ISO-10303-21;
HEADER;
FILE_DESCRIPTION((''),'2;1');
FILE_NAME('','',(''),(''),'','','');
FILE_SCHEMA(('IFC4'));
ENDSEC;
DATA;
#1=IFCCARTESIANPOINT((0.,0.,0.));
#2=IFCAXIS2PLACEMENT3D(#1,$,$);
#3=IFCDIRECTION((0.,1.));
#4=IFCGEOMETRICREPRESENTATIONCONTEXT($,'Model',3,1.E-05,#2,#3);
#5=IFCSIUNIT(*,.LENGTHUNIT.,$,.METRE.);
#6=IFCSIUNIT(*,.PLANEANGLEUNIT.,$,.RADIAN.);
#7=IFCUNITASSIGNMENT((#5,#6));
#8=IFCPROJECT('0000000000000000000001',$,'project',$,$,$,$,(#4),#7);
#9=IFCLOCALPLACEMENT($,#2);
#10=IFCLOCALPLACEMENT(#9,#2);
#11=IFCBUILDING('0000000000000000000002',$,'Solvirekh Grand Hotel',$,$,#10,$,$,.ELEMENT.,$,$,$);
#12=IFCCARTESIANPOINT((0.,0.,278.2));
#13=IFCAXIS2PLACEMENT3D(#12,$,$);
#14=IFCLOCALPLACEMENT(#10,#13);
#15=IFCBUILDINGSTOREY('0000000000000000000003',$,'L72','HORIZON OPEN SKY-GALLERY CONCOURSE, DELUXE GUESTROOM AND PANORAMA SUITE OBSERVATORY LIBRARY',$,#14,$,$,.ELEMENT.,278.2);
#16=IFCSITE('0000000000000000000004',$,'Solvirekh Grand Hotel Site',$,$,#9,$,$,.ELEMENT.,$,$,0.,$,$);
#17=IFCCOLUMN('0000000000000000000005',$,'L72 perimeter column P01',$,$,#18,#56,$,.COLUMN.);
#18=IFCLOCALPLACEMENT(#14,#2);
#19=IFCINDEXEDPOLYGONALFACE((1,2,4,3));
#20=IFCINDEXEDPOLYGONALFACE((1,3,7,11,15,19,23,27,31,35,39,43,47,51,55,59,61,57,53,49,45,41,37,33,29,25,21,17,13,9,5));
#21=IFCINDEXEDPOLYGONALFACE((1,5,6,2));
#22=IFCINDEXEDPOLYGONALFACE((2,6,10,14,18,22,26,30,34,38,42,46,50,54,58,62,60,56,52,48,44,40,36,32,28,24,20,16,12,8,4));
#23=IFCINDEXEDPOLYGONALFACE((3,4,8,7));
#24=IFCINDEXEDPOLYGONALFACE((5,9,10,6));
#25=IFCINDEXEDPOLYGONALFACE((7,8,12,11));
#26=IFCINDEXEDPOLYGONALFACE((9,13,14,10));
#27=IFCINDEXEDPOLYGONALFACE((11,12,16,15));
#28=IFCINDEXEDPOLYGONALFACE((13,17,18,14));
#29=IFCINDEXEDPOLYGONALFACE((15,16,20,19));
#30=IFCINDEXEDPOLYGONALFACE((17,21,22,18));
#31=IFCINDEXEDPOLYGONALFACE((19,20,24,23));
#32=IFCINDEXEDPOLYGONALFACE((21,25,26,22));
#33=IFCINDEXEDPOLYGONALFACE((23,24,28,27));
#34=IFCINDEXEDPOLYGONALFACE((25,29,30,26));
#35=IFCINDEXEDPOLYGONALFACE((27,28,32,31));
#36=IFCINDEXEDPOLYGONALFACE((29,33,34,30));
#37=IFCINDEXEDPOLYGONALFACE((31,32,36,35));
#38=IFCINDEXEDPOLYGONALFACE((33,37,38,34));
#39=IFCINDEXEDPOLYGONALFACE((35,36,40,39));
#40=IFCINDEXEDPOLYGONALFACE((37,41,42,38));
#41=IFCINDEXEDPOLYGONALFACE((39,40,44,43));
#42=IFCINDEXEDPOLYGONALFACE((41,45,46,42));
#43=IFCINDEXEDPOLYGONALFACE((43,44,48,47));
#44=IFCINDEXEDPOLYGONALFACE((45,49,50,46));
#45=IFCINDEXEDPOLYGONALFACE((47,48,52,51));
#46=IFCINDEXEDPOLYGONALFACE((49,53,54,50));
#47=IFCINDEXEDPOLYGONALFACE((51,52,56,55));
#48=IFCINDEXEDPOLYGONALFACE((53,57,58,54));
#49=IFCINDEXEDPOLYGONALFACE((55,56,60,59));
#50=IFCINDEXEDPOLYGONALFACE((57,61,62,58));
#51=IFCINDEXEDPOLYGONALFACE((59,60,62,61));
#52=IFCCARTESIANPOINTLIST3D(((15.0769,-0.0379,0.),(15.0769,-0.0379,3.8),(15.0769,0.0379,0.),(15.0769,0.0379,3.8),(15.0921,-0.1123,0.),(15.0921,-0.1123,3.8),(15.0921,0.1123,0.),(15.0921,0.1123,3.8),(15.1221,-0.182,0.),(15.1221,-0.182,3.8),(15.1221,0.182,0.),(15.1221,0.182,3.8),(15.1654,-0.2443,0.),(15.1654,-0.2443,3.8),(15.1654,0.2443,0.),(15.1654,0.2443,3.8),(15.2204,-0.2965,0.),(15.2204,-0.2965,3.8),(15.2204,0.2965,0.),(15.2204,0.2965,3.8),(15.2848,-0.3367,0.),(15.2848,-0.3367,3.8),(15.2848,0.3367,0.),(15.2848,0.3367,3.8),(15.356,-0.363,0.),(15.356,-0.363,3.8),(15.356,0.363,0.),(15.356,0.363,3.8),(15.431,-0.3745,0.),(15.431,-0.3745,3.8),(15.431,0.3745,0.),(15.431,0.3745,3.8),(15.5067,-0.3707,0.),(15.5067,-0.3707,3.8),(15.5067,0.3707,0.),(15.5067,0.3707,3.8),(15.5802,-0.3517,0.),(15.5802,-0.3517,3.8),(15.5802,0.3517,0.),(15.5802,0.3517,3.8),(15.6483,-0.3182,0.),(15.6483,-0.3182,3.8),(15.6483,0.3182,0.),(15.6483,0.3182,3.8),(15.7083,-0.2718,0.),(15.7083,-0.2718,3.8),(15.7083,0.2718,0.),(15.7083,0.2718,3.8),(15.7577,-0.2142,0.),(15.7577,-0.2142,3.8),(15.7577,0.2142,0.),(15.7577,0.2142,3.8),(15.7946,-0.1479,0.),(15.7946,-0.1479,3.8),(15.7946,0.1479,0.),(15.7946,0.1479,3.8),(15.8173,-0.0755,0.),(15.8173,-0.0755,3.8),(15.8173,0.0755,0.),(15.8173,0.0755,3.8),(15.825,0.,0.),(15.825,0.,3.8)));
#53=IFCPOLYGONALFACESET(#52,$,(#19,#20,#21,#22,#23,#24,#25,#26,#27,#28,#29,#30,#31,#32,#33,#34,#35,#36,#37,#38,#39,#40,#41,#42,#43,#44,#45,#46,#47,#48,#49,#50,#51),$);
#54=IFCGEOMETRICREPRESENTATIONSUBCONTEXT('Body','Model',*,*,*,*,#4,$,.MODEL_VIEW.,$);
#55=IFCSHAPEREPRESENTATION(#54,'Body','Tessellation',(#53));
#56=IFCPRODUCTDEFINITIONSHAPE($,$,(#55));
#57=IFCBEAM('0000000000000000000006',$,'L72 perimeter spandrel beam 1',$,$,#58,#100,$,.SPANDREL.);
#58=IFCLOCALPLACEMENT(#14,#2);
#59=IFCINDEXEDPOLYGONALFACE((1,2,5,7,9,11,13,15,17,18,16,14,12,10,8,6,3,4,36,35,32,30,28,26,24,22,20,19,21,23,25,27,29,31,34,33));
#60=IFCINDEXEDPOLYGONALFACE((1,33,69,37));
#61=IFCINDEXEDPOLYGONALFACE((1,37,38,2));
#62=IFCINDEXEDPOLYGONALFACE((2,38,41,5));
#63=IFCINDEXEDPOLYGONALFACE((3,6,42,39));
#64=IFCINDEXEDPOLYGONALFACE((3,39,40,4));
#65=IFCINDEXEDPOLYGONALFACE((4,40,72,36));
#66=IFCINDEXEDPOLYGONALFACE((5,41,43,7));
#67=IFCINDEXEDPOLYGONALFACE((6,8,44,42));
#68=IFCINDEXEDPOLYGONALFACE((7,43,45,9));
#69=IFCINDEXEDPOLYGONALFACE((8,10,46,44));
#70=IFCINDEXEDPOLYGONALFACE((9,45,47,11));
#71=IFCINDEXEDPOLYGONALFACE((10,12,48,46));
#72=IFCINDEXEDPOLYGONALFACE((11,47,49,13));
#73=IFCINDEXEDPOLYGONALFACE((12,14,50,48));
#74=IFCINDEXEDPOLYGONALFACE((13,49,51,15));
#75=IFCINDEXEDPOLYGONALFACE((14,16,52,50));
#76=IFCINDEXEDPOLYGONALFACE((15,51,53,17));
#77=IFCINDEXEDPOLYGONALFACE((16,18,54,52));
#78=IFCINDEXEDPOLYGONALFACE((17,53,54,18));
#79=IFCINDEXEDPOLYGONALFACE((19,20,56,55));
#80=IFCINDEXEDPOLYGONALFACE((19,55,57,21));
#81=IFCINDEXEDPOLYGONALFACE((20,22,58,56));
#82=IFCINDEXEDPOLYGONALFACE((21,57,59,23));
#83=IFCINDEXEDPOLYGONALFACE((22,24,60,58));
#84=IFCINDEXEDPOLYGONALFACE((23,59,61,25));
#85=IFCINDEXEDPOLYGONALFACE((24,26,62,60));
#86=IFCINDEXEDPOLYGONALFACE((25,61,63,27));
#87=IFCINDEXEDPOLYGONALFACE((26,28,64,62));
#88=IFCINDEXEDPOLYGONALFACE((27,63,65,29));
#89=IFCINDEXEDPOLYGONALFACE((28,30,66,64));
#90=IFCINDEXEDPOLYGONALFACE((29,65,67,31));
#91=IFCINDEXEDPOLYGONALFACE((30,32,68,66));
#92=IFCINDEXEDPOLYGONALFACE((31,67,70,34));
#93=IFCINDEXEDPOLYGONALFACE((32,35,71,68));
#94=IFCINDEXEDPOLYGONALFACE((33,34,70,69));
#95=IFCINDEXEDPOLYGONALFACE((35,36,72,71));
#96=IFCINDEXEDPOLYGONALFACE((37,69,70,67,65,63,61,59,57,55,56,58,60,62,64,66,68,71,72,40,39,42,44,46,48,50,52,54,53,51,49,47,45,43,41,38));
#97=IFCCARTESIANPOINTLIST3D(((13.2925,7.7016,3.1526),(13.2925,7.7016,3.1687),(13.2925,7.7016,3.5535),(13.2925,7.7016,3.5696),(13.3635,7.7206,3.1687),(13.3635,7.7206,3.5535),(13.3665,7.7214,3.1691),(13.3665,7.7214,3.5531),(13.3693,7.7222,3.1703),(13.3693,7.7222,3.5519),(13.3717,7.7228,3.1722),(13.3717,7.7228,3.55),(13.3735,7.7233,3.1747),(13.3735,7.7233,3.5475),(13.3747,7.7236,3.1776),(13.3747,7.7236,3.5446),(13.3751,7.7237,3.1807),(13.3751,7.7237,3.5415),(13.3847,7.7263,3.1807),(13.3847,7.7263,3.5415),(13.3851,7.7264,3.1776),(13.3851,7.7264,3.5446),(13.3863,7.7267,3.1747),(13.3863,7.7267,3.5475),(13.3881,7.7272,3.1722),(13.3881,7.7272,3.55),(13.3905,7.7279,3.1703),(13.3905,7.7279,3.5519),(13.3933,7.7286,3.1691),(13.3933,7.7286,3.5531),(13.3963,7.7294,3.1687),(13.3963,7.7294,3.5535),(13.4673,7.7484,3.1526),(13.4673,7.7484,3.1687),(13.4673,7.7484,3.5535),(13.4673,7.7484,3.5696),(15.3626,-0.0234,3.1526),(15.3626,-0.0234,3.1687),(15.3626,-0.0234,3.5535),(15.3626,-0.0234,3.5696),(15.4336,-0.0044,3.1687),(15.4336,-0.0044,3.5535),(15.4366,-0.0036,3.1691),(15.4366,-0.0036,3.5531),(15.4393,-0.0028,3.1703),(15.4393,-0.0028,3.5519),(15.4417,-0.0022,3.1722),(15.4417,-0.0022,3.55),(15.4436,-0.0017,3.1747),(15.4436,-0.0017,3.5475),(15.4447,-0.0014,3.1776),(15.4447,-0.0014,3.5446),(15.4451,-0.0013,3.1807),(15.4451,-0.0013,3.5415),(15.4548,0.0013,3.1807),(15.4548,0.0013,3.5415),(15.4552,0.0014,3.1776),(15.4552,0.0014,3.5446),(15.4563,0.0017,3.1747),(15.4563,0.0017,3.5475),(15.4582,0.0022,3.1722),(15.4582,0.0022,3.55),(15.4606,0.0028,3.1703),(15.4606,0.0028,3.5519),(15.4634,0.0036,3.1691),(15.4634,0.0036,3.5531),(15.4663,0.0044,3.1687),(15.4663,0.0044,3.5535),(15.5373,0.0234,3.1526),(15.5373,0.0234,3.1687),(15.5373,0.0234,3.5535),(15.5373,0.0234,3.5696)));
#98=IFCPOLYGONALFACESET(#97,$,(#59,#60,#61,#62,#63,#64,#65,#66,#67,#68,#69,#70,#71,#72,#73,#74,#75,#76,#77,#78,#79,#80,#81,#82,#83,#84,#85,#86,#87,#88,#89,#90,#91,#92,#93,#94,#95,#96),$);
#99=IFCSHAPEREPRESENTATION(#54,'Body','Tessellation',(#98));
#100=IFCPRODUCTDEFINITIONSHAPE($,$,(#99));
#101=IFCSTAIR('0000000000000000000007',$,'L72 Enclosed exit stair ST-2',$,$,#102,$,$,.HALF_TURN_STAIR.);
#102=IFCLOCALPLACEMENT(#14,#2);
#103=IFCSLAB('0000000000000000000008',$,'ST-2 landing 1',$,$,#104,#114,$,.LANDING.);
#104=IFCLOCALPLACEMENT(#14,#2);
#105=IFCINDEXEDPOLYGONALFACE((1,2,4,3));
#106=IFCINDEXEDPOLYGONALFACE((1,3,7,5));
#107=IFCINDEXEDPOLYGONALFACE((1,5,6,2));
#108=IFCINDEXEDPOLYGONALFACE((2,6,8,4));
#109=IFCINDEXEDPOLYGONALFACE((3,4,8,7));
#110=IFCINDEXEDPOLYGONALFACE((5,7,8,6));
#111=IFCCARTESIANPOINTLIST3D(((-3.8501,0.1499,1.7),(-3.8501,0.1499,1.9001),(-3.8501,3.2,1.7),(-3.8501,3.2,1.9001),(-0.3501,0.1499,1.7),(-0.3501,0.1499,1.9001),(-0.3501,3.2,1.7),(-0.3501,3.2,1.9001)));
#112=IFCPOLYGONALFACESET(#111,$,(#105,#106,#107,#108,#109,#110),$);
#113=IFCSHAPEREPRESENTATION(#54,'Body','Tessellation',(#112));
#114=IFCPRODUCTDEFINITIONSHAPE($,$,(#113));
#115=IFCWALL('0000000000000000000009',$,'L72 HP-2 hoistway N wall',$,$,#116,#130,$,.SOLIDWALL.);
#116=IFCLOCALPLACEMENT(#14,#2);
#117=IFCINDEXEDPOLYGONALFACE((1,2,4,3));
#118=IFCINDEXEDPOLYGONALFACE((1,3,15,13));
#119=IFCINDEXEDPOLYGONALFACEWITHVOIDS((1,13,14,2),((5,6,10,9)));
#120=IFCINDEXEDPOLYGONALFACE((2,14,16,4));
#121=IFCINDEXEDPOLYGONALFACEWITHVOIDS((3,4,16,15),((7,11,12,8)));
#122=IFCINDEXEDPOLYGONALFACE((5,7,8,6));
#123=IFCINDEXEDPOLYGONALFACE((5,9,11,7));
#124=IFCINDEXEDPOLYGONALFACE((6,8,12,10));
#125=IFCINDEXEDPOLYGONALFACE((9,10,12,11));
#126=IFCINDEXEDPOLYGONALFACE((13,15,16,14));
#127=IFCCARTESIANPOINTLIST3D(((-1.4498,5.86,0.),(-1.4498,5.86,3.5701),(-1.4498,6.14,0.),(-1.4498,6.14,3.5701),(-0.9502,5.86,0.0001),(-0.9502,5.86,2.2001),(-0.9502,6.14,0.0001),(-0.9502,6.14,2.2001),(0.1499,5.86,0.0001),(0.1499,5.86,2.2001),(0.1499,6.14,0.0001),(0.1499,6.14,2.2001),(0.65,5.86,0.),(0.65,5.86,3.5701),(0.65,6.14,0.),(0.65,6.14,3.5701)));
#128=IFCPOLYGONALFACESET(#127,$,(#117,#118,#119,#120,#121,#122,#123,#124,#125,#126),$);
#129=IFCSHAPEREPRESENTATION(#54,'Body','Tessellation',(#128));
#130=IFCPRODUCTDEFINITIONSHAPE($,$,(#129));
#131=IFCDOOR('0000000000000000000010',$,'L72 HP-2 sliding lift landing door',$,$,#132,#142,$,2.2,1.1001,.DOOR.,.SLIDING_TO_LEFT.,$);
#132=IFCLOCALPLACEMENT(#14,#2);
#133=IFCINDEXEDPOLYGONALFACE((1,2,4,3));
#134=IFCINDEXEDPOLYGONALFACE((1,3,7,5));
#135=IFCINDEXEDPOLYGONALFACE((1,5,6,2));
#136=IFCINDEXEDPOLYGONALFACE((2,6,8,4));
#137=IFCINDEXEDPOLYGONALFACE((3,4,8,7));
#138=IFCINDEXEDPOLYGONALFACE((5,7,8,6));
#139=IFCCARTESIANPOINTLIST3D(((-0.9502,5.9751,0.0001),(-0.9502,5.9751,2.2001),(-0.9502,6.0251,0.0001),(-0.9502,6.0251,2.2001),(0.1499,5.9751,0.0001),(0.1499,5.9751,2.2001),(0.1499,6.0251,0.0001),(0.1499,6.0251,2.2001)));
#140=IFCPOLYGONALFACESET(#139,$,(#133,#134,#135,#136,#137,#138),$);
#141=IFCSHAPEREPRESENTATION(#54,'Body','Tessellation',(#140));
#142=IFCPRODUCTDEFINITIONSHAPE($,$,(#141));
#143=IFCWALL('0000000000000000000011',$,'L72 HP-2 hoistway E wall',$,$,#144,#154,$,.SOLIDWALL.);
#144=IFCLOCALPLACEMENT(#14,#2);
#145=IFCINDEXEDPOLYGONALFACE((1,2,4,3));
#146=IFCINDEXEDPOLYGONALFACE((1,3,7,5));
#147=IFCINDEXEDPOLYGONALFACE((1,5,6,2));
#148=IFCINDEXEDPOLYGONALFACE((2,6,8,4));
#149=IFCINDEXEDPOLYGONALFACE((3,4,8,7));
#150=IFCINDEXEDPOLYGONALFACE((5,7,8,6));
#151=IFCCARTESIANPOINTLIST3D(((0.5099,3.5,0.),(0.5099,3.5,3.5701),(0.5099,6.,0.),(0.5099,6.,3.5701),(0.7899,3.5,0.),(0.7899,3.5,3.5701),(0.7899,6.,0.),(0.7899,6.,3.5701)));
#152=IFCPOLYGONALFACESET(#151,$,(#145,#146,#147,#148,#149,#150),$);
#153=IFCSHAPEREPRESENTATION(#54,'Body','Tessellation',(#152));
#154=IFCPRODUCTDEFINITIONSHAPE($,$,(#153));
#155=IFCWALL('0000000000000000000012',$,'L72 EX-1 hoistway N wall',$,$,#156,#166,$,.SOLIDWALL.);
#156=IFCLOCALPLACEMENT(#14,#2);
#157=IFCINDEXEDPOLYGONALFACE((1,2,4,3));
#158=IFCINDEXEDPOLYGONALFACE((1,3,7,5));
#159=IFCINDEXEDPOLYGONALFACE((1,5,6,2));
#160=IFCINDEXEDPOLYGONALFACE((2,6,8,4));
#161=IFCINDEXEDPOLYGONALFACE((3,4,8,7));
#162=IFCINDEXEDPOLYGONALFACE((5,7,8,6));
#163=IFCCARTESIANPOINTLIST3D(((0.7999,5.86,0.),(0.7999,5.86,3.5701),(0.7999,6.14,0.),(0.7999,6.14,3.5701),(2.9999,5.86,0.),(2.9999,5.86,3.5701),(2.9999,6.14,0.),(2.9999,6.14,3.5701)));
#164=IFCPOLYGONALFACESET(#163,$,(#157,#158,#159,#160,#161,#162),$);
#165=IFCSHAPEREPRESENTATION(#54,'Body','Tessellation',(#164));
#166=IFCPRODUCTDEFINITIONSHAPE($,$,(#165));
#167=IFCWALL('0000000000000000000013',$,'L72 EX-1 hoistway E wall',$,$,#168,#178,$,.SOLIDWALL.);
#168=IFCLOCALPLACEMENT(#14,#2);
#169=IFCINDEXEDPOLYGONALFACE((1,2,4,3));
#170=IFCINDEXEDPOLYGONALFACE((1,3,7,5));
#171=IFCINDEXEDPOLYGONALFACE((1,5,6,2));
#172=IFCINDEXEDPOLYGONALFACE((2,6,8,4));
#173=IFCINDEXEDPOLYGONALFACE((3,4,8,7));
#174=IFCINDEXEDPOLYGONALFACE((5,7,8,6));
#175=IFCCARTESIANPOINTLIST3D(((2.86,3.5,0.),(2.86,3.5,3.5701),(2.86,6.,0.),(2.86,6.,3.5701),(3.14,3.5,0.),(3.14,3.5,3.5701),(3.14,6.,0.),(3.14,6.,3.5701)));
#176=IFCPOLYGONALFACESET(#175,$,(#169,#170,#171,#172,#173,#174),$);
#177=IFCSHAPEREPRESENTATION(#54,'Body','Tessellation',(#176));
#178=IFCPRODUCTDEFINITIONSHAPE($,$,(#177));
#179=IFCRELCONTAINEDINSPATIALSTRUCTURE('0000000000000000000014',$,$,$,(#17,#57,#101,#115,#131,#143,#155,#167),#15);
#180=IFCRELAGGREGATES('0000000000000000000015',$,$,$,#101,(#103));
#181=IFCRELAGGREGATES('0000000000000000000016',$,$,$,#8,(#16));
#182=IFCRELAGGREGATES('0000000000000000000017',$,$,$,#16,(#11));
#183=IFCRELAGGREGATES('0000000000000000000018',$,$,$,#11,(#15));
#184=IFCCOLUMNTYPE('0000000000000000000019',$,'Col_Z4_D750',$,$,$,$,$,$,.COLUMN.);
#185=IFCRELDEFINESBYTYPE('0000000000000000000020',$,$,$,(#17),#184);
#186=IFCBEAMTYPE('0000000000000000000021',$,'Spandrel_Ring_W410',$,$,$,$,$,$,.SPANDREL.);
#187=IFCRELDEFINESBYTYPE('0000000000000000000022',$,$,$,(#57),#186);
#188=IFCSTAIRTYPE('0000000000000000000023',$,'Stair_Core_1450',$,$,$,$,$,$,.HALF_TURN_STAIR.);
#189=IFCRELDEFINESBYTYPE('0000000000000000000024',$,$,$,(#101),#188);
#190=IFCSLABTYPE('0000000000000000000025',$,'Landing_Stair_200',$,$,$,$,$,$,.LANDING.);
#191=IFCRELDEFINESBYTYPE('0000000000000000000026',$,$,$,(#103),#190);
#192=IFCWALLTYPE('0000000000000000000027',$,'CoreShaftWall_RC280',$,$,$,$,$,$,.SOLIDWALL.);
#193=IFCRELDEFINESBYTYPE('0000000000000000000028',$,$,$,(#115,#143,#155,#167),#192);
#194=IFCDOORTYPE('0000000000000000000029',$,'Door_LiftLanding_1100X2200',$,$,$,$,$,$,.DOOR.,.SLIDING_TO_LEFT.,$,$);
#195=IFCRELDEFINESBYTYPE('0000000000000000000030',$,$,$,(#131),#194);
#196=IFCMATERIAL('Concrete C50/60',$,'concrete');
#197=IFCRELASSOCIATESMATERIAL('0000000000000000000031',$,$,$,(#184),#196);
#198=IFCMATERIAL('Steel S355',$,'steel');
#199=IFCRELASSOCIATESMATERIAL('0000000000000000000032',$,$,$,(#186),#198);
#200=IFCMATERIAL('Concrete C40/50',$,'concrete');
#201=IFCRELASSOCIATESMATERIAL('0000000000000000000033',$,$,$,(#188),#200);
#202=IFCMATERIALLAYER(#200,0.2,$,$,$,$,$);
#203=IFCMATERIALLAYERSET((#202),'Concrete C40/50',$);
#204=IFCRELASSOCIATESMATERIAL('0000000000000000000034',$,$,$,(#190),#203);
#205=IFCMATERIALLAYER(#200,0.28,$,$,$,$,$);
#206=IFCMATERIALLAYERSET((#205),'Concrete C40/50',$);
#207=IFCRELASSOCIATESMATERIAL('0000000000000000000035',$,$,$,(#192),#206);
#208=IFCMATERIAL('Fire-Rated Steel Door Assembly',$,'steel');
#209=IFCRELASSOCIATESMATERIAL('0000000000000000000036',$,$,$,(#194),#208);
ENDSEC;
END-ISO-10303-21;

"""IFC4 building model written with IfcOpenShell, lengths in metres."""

from ifc_helpers import new_model, si_unit, direction, frame, frame_2d, origin, origin_2d, place, context, subcontext, project, spatial, polyline, rectangle, circle, i_section, outline, extrude, material, layer, layer_set, material_profile, profile_set, type_object, element, fill, aggregate, save


model = new_model("IFC4")

# Units and contexts
model_context = context("Model", 3, precision=1e-05, world=origin(), true_north=direction((0.0, 1.0)))
body_context = subcontext(model_context, "Body", "Model", "MODEL_VIEW")
ifc_project = project(units=[si_unit("LENGTHUNIT", "METRE"), si_unit("PLANEANGLEUNIT", "RADIAN")], contexts=[model_context])

# Site, building, storey
site_placement = place(None, origin())
site = spatial("IfcSite", under=ifc_project, at=site_placement, Name="Solvirekh Grand Hotel Site", CompositionType="ELEMENT", RefElevation=0.0)
building_placement = place(site_placement, origin())
building = spatial("IfcBuilding", under=site, at=building_placement, Name="Solvirekh Grand Hotel", CompositionType="ELEMENT")
storey_placement = place(building_placement, frame((0.0, 0.0, 278.2)))
storey = spatial("IfcBuildingStorey", under=building, at=storey_placement, Name="L72", Description="HORIZON OPEN SKY-GALLERY CONCOURSE, DELUXE GUESTROOM AND PANORAMA SUITE OBSERVATORY LIBRARY", CompositionType="ELEMENT", Elevation=278.2)

# Column
ifc_material_1 = material(Name="Concrete C50/60", Category="concrete")
ifc_material_profile_1 = material_profile(ifc_material_1, circle(Radius=0.375, at=origin_2d()), Name="RC CIRC D750")
ifc_profile_set_1 = profile_set([ifc_material_profile_1], Name="Concrete C50/60")
column_type = type_object("IfcColumnType", Name="Col_Z4_D750", PredefinedType="COLUMN", material=ifc_profile_set_1)
column_placement = place(storey_placement, frame((15.45, 0.0, 0.0), z_axis=(0.0, 0.0, 1.0), x_axis=(1.0, 0.0, 0.0)))
element("IfcColumn", 1, at=column_placement, inside=storey, type_object=column_type, Name="L72 perimeter column P01", PredefinedType="COLUMN", context=body_context, shape_type="SweptSolid", body=[
    extrude(circle(Radius=0.375, at=origin_2d()), origin(), (0.0, 0.0, 1.0), 3.8),
])

# Beam
ifc_material_2 = material(Name="Steel S355", Category="steel")
ifc_material_profile_2 = material_profile(ifc_material_2, i_section(OverallWidth=0.1809, OverallDepth=0.417, WebThickness=0.01, FlangeThickness=0.0161, FilletRadius=0.012, at=origin_2d()), Name="W410X85")
ifc_profile_set_2 = profile_set([ifc_material_profile_2], Name="Steel S355")
beam_type = type_object("IfcBeamType", Name="Spandrel_Ring_W410", PredefinedType="SPANDREL", material=ifc_profile_set_2)
beam_placement = place(storey_placement, frame((15.45, 0.0, 3.3611), z_axis=(-0.258835, 0.965922, 0.0), x_axis=(-0.965922, -0.258835, 0.0)))
element("IfcBeam", 2, at=beam_placement, inside=storey, type_object=beam_type, Name="L72 perimeter spandrel beam 1", PredefinedType="SPANDREL", context=body_context, shape_type="SweptSolid", body=[
    extrude(i_section(OverallWidth=0.1809, OverallDepth=0.417, WebThickness=0.01, FlangeThickness=0.0161, FilletRadius=0.012, at=origin_2d()), origin(), (0.0, 0.0, 1.0), 7.9976),
])

# Stair, slab
ifc_material_3 = material(Name="Concrete C40/50", Category="concrete")
stair_type = type_object("IfcStairType", Name="Stair_Core_1450", PredefinedType="HALF_TURN_STAIR", material=ifc_material_3)
stair_placement = place(storey_placement, origin())
stair = element("IfcStair", 3, at=stair_placement, inside=storey, type_object=stair_type, Name="L72 Enclosed exit stair ST-2", PredefinedType="HALF_TURN_STAIR")
ifc_layer_1 = layer(ifc_material_3, 0.2)
ifc_layer_set_1 = layer_set([ifc_layer_1], Name="Concrete C40/50")
slab_type = type_object("IfcSlabType", Name="Landing_Stair_200", PredefinedType="LANDING", material=ifc_layer_set_1)
slab_placement = place(storey_placement, frame((0.0, 0.0, 1.7)))
slab = element("IfcSlab", 4, at=slab_placement, type_object=slab_type, Name="ST-2 landing 1", PredefinedType="LANDING", context=body_context, shape_type="SweptSolid", body=[
    extrude(outline(polyline([(-0.3501, 3.2), (-3.8501, 3.2), (-3.8501, 0.1499), (-0.3501, 0.1499), (-0.3501, 3.2)])), origin(), (0.0, 0.0, 1.0), 0.2002),
])

# Wall, opening, door
ifc_layer_2 = layer(ifc_material_3, 0.28)
ifc_layer_set_2 = layer_set([ifc_layer_2], Name="Concrete C40/50")
wall_type_1 = type_object("IfcWallType", Name="CoreShaftWall_RC280", PredefinedType="SOLIDWALL", material=ifc_layer_set_2)
wall_1_placement = place(storey_placement, frame((0.6499, 6.0, 0.0), z_axis=(0.0, 0.0, 1.0), x_axis=(-1.0, 0.0, 0.0)))
wall_1 = element("IfcWall", 5, at=wall_1_placement, inside=storey, type_object=wall_type_1, Name="L72 HP-2 hoistway N wall", PredefinedType="SOLIDWALL", context=body_context, shape_type="SweptSolid", body=[
    extrude(rectangle(XDim=2.0999, YDim=0.28, at=frame_2d((1.0498, 0.0))), origin(), (0.0, 0.0, 1.0), 3.5701),
])
opening_1_placement = place(wall_1_placement, frame((0.5, 0.0, 0.0)))
opening_1 = element("IfcOpeningElement", 6, at=opening_1_placement, cuts=wall_1, PredefinedType="OPENING", context=body_context, shape_type="SweptSolid", body=[
    extrude(rectangle(XDim=1.1001, YDim=2.2, at=frame_2d((0.55, 1.1001))), frame((0.0, 0.1499, 0.0), z_axis=(0.0, -1.0, 0.0), x_axis=(1.0, 0.0, 0.0)), (0.0, 0.0, 1.0), 0.3),
])
ifc_material_4 = material(Name="Fire-Rated Steel Door Assembly", Category="steel")
door_type_1 = type_object("IfcDoorType", Name="Door_LiftLanding_1100X2200", OperationType="SLIDING_TO_LEFT", PredefinedType="DOOR", material=ifc_material_4)
door_1_placement = place(opening_1_placement, origin())
door_1 = element("IfcDoor", 7, at=door_1_placement, inside=storey, type_object=door_type_1, Name="L72 HP-2 sliding lift landing door", OperationType="SLIDING_TO_LEFT", OverallHeight=2.2, OverallWidth=1.1001, PredefinedType="DOOR", context=body_context, shape_type="SweptSolid", body=[
    extrude(rectangle(XDim=1.1001, YDim=2.2, at=frame_2d((0.55, 1.1001))), frame((0.0, 0.0249, 0.0), z_axis=(0.0, -1.0, 0.0), x_axis=(1.0, 0.0, 0.0)), (0.0, 0.0, 1.0), 0.05),
])
fill(opening_1, door_1)

# Walls
wall_2_placement = place(storey_placement, frame((0.6499, 3.5, 0.0), z_axis=(0.0, 0.0, 1.0), x_axis=(0.0, 1.0, 0.0)))
element("IfcWall", 8, at=wall_2_placement, inside=storey, type_object=wall_type_1, Name="L72 HP-2 hoistway E wall", PredefinedType="SOLIDWALL", context=body_context, shape_type="SweptSolid", body=[
    extrude(rectangle(XDim=2.5, YDim=0.28, at=frame_2d((1.25, 0.0))), origin(), (0.0, 0.0, 1.0), 3.5701),
])
wall_3_placement = place(storey_placement, frame((3.0, 6.0, 0.0), z_axis=(0.0, 0.0, 1.0), x_axis=(-1.0, 0.0, 0.0)))
element("IfcWall", 9, at=wall_3_placement, inside=storey, type_object=wall_type_1, Name="L72 EX-1 hoistway N wall", PredefinedType="SOLIDWALL", context=body_context, shape_type="SweptSolid", body=[
    extrude(rectangle(XDim=2.2, YDim=0.28, at=frame_2d((1.1001, 0.0))), origin(), (0.0, 0.0, 1.0), 3.5701),
])
wall_4_placement = place(storey_placement, frame((3.0, 3.5, 0.0), z_axis=(0.0, 0.0, 1.0), x_axis=(0.0, 1.0, 0.0)))
element("IfcWall", 10, at=wall_4_placement, inside=storey, type_object=wall_type_1, Name="L72 EX-1 hoistway E wall", PredefinedType="SOLIDWALL", context=body_context, shape_type="SweptSolid", body=[
    extrude(rectangle(XDim=2.5, YDim=0.28, at=frame_2d((1.25, 0.0))), origin(), (0.0, 0.0, 1.0), 3.5701),
])

aggregate(stair, [slab])

save(model, "model.ifc")
